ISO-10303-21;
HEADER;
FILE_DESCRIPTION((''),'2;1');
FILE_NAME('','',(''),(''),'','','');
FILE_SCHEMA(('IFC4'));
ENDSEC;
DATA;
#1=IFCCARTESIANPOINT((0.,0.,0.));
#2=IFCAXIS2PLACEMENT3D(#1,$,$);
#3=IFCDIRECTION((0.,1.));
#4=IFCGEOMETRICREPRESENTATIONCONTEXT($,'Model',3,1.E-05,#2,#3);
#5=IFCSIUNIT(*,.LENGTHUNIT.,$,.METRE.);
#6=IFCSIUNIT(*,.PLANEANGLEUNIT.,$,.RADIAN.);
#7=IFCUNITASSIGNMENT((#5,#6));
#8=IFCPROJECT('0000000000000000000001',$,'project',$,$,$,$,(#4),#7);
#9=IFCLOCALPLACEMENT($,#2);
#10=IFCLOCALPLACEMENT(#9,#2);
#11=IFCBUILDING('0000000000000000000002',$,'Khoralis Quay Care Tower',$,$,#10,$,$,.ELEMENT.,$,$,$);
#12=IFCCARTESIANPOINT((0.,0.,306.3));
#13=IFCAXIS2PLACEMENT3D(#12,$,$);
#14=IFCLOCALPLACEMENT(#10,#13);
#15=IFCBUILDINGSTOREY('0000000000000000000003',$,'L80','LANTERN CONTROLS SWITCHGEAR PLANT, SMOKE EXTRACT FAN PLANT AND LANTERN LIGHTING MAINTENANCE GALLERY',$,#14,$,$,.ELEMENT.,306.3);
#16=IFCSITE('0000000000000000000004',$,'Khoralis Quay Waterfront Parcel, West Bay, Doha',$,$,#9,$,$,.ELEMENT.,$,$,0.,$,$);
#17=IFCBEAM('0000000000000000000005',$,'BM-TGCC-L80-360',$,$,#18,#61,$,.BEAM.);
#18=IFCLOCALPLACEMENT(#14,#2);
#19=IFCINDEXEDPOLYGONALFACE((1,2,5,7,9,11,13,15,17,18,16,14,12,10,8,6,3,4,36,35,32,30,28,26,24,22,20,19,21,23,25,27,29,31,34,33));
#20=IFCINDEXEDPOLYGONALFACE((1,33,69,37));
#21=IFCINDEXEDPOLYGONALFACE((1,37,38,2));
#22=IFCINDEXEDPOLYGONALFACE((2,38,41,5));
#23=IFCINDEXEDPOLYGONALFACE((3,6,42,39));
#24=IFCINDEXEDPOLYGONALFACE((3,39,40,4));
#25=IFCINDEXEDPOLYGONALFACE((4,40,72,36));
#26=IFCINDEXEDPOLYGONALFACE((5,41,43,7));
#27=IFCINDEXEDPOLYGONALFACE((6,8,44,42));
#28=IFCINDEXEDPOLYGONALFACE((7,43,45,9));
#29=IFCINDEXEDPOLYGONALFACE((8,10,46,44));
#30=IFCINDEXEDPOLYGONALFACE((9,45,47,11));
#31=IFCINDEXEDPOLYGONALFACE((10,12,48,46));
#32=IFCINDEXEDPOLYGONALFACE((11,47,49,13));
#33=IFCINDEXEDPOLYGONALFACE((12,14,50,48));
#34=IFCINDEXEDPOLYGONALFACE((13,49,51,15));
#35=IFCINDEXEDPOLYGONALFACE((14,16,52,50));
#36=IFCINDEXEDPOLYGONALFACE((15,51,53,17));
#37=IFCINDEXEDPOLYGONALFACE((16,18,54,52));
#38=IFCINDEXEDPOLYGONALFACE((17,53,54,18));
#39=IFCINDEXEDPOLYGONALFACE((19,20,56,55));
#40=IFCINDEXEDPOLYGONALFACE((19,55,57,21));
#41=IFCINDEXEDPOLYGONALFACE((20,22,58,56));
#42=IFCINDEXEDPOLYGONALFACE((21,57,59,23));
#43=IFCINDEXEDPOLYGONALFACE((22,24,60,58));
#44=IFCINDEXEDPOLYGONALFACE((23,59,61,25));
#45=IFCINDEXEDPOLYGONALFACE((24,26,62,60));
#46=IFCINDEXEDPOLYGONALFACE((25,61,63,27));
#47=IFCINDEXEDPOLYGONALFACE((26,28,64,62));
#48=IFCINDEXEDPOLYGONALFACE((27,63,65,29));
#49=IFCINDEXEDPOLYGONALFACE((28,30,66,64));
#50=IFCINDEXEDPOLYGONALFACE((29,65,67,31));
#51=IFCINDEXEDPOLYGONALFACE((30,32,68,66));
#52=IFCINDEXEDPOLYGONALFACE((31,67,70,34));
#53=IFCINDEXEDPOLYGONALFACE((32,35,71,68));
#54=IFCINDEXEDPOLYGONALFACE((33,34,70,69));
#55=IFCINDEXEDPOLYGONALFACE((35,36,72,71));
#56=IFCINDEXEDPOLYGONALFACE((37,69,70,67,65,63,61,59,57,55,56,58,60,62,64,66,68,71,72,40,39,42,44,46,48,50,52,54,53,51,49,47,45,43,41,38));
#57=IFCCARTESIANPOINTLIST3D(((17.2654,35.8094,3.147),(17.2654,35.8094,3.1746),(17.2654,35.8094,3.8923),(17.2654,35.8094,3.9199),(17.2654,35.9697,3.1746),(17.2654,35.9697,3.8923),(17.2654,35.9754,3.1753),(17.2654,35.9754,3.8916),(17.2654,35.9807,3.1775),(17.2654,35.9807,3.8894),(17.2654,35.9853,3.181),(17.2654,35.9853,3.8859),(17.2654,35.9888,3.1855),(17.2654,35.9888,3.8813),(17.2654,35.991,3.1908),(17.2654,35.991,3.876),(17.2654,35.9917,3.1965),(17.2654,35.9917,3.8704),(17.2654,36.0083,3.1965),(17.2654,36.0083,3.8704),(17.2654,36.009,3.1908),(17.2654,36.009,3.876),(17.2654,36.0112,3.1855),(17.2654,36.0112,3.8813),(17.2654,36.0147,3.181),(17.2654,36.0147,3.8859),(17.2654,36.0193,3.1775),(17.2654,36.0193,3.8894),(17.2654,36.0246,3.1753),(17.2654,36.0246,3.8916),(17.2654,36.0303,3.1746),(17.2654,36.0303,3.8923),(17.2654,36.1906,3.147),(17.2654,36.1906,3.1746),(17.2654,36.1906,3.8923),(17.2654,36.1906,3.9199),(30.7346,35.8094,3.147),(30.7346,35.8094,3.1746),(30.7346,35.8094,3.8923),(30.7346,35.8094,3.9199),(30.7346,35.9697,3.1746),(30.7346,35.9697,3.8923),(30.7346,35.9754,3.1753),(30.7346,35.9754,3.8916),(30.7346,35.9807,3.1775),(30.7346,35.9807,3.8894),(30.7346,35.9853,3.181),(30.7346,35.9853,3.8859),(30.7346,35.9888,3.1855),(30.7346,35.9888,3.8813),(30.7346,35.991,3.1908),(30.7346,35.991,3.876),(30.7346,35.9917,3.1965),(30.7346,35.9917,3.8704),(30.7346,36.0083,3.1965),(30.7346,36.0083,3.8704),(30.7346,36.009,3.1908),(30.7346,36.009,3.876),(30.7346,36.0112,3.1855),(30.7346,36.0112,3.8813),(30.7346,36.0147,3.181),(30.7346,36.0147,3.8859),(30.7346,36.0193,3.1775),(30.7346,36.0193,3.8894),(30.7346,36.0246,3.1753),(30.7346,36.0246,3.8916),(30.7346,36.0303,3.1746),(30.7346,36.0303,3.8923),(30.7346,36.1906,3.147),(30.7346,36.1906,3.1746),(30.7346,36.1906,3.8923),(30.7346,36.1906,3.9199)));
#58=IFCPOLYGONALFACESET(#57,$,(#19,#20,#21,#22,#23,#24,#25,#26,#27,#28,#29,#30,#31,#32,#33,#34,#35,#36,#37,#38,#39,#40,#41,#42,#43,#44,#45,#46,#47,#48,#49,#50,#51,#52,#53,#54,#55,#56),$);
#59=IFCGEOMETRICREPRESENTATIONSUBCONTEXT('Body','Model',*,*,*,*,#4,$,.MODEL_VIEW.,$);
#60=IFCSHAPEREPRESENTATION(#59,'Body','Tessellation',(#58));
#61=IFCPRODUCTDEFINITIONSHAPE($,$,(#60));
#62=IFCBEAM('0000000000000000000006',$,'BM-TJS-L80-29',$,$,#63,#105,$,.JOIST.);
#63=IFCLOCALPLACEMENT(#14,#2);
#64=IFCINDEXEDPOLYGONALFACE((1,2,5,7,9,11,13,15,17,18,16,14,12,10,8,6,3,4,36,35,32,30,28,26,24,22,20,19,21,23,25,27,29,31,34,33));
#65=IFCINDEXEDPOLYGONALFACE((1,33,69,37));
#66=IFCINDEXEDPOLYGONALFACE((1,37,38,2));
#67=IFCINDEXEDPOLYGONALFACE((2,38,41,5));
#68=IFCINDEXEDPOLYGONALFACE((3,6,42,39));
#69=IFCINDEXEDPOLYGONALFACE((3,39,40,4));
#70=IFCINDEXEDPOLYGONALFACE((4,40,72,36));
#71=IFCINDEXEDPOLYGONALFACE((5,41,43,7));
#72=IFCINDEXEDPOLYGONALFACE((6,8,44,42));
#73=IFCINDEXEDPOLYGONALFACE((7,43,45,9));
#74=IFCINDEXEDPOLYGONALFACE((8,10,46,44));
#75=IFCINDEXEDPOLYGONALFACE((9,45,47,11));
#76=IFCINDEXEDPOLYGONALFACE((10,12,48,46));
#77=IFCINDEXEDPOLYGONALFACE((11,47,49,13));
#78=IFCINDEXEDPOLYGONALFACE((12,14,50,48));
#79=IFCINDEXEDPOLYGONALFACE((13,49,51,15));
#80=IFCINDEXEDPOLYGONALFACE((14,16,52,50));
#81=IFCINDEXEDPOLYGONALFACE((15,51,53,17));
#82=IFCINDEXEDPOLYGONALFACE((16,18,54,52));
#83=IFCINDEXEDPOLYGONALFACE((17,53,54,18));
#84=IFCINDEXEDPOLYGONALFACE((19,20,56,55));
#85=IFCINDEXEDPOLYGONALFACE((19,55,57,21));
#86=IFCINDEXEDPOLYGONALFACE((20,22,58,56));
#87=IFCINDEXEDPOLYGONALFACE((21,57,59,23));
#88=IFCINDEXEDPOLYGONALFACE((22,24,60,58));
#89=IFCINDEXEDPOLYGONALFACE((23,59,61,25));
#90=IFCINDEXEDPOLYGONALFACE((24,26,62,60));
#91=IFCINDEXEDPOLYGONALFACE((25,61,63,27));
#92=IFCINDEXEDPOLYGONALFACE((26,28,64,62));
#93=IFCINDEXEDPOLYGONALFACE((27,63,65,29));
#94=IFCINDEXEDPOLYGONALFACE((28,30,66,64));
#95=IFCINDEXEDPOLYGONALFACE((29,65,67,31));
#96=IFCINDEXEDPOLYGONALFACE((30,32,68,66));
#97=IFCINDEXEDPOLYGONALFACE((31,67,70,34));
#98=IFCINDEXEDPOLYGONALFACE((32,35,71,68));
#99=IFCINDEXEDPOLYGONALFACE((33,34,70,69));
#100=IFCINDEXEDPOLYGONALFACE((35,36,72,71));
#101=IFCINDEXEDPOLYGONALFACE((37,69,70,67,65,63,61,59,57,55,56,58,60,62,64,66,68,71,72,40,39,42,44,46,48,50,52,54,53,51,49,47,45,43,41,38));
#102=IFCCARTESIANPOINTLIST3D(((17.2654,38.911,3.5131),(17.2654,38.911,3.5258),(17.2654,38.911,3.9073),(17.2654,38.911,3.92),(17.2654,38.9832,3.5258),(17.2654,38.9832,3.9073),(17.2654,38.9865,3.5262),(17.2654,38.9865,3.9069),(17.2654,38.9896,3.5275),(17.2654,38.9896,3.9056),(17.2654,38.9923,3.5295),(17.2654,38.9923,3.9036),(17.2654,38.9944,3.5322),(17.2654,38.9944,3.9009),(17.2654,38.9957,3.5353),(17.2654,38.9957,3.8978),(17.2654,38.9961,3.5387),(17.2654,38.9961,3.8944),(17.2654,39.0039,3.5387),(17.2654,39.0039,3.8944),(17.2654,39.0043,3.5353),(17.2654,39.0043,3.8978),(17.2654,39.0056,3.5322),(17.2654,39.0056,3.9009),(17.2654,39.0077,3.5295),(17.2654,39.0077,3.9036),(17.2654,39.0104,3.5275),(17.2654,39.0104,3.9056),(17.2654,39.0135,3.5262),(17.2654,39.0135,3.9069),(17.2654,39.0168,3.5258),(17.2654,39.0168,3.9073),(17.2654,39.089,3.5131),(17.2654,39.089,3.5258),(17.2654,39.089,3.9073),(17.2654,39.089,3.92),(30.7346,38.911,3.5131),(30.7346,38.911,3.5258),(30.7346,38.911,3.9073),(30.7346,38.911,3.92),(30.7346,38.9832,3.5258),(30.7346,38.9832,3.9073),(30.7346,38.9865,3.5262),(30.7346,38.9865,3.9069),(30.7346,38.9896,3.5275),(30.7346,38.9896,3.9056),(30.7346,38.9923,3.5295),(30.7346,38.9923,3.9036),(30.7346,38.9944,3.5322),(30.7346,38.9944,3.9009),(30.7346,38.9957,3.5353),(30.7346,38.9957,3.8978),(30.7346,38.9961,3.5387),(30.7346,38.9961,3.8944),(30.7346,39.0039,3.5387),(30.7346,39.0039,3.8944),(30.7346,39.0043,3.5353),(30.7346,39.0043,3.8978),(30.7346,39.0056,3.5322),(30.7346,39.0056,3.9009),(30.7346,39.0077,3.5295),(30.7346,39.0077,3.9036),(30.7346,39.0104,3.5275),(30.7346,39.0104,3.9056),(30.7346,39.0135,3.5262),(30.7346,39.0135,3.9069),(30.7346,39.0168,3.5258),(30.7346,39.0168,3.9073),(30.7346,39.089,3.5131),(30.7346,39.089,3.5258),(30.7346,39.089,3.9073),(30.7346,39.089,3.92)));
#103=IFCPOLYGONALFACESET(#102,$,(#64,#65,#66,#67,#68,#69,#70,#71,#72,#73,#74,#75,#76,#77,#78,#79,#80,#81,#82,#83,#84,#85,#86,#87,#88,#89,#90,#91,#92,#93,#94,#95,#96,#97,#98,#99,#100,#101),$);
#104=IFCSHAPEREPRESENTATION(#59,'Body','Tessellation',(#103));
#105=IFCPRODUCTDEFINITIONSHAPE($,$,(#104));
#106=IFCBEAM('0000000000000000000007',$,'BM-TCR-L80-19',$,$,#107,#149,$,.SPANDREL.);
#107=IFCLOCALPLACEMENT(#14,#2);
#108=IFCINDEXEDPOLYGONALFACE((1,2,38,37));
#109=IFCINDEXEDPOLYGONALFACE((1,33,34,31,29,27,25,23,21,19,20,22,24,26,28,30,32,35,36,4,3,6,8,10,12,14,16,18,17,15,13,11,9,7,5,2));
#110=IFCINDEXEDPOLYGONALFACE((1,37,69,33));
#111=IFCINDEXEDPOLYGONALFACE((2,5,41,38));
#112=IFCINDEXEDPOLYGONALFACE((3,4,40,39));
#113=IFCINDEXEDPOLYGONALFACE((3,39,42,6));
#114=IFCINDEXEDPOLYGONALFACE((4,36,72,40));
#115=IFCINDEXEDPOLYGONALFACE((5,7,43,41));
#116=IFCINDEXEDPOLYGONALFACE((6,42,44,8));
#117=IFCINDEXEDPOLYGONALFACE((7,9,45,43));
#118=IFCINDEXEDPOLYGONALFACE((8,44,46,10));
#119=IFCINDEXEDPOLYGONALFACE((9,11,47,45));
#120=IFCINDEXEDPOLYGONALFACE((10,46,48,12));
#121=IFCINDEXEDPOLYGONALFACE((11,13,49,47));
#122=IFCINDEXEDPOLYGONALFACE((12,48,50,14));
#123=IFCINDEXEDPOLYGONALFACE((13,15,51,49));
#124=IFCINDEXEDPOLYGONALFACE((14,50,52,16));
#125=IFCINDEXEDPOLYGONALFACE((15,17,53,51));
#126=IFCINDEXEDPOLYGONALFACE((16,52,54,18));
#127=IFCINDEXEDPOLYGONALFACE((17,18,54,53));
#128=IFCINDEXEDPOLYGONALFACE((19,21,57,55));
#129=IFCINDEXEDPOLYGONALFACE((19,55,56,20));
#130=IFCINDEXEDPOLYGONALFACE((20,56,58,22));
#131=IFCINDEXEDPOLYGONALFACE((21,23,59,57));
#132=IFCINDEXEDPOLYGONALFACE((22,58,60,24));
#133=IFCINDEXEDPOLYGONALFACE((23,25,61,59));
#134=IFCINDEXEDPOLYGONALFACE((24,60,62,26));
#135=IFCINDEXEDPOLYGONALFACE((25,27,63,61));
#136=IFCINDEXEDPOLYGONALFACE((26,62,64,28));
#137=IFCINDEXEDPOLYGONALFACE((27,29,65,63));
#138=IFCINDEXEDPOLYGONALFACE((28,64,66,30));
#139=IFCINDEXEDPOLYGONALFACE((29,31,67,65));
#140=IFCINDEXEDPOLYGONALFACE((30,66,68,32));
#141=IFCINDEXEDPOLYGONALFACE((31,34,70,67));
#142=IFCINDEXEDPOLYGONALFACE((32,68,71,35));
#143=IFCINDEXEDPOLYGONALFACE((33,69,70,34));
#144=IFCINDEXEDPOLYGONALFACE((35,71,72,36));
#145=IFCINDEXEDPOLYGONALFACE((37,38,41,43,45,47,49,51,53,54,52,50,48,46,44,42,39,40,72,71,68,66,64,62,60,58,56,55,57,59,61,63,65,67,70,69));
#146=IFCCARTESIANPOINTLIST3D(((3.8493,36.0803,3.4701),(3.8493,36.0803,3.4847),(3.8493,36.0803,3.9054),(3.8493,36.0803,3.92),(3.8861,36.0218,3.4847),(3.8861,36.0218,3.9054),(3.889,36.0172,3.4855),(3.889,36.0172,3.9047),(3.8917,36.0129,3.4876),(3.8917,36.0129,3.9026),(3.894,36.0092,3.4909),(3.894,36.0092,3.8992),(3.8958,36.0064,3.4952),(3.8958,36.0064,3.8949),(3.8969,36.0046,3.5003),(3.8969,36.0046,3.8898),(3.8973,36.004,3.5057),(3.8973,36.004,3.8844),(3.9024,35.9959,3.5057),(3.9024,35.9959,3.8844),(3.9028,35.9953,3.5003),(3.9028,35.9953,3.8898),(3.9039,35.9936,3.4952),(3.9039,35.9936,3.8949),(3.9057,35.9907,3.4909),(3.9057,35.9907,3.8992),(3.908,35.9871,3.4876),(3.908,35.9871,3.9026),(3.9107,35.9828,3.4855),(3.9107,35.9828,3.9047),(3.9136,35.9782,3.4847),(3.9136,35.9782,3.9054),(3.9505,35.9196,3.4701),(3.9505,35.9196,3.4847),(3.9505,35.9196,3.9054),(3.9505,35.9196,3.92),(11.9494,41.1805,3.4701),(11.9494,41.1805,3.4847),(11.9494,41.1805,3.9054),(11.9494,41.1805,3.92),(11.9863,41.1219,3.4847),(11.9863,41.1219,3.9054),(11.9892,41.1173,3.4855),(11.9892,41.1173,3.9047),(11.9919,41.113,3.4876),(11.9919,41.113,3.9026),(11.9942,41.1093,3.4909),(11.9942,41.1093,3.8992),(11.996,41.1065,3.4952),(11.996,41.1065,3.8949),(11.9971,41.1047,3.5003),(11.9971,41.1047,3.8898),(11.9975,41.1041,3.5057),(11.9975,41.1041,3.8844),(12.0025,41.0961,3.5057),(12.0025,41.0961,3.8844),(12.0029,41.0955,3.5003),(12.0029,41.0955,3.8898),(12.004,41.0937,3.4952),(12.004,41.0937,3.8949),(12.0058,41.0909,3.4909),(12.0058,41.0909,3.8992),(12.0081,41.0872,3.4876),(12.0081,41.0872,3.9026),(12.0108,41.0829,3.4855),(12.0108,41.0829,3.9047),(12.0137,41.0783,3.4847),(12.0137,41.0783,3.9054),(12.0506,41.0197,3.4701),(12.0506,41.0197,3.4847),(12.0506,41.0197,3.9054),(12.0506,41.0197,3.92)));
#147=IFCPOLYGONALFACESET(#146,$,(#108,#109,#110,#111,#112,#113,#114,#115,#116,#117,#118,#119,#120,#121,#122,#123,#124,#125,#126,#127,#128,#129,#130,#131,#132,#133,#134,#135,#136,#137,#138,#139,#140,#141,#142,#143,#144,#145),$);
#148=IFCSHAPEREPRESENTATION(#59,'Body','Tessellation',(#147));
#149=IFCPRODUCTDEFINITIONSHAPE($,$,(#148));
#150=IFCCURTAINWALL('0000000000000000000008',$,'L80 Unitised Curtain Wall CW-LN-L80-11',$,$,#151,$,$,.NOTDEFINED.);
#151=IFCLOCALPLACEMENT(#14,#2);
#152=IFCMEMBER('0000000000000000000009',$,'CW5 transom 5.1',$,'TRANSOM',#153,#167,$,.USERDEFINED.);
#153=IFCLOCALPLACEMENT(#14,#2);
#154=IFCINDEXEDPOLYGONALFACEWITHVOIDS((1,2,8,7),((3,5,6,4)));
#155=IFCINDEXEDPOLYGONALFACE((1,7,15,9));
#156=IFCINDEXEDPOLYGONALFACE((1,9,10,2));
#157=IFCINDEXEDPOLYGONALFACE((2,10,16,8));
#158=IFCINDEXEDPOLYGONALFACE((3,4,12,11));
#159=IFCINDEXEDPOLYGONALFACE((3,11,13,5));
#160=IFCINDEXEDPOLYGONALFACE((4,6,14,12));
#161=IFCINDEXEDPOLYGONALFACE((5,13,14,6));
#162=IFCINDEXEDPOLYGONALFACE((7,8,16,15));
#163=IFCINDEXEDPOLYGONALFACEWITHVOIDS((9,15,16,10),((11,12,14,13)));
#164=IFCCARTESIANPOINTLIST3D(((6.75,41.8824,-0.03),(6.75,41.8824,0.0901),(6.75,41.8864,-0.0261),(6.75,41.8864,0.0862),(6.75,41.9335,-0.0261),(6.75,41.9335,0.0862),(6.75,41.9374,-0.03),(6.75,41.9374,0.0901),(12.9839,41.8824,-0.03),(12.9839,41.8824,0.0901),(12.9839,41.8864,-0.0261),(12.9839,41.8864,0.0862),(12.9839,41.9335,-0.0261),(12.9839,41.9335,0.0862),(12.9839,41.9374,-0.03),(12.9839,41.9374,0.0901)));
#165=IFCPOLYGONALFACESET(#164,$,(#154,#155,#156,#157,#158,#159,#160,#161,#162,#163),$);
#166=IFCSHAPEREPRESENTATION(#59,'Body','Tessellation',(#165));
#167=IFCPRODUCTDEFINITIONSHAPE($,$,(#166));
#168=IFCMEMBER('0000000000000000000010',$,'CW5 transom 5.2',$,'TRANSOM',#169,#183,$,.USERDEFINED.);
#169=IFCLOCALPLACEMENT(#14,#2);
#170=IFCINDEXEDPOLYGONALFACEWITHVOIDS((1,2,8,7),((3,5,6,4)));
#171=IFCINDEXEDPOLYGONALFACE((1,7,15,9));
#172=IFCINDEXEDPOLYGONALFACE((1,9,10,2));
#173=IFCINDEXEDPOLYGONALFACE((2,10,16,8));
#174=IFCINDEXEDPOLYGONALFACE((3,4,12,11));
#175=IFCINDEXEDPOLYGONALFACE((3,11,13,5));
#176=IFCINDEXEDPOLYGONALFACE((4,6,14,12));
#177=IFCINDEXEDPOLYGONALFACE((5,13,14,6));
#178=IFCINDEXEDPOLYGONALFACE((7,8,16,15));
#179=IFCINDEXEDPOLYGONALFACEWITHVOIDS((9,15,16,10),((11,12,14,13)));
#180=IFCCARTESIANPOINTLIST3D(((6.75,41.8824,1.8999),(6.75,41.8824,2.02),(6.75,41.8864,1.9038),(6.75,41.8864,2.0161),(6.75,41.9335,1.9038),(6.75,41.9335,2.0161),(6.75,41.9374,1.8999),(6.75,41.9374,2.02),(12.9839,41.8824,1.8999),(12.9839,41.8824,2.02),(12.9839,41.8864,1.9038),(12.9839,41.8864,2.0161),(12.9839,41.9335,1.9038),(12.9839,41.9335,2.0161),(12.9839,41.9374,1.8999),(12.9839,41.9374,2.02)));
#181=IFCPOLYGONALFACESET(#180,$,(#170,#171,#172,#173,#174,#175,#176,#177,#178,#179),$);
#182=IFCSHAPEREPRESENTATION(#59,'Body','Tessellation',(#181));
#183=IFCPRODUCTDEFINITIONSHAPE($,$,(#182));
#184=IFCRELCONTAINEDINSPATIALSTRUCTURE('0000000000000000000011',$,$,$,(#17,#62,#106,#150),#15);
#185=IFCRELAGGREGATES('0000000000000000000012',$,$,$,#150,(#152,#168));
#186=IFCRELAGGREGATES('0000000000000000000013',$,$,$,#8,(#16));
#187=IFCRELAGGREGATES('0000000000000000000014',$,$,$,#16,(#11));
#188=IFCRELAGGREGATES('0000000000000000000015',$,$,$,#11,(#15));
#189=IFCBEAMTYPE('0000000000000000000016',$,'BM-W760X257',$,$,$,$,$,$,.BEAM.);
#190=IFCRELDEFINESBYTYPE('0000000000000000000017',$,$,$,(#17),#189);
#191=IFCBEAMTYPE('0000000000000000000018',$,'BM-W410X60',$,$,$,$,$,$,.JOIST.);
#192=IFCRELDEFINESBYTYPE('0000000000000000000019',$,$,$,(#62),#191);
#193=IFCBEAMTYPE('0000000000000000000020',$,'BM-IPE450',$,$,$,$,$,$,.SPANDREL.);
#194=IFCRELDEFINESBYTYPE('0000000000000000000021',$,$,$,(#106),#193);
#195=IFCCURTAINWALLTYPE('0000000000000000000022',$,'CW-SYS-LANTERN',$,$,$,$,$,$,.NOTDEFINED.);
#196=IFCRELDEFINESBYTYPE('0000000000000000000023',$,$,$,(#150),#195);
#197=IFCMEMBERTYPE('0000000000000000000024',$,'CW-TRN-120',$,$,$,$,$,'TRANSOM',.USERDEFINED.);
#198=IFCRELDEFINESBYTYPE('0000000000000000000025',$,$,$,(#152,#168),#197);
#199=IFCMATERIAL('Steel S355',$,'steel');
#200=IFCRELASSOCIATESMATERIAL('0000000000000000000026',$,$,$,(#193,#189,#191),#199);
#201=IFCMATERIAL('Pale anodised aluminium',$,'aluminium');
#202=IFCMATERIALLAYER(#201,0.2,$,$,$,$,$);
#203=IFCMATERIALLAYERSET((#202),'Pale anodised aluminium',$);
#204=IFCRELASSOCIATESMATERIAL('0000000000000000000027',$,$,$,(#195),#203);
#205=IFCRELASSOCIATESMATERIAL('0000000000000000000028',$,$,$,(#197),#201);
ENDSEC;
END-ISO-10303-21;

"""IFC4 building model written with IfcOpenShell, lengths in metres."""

from ifc_helpers import new_model, si_unit, direction, frame, origin, origin_2d, place, context, subcontext, project, spatial, hollow_rectangle, i_section, extrude, source, transform, mapped, material, layer, layer_set, material_profile, profile_set, type_object, element, aggregate, save


model = new_model("IFC4")

# Units and contexts
model_context = context("Model", 3, precision=1e-05, world=origin(), true_north=direction((0.0, 1.0)))
body_context = subcontext(model_context, "Body", "Model", "MODEL_VIEW")
ifc_project = project(units=[si_unit("LENGTHUNIT", "METRE"), si_unit("PLANEANGLEUNIT", "RADIAN")], contexts=[model_context])

# Site, building, storey
site_placement = place(None, origin())
site = spatial("IfcSite", under=ifc_project, at=site_placement, Name="Khoralis Quay Waterfront Parcel, West Bay, Doha", CompositionType="ELEMENT", RefElevation=0.0)
building_placement = place(site_placement, origin())
building = spatial("IfcBuilding", under=site, at=building_placement, Name="Khoralis Quay Care Tower", CompositionType="ELEMENT")
storey_placement = place(building_placement, frame((0.0, 0.0, 306.3)))
storey = spatial("IfcBuildingStorey", under=building, at=storey_placement, Name="L80", Description="LANTERN CONTROLS SWITCHGEAR PLANT, SMOKE EXTRACT FAN PLANT AND LANTERN LIGHTING MAINTENANCE GALLERY", CompositionType="ELEMENT", Elevation=306.3)

# Shared definitions
ifc_material_1 = material(Name="Steel S355", Category="steel")

# Beams
ifc_material_profile_1 = material_profile(ifc_material_1, i_section(OverallWidth=0.1899, OverallDepth=0.45, WebThickness=0.0095, FlangeThickness=0.0146, FilletRadius=0.021, at=origin_2d()), Name="Steel S355")
ifc_profile_set_1 = profile_set([ifc_material_profile_1], Name="Steel S355")
beam_type_1 = type_object("IfcBeamType", Name="BM-IPE450", PredefinedType="SPANDREL", material=ifc_profile_set_1)
ifc_material_profile_2 = material_profile(ifc_material_1, i_section(OverallWidth=0.3811, OverallDepth=0.7729, WebThickness=0.0166, FlangeThickness=0.0276, FilletRadius=0.022, at=origin_2d()), Name="Steel S355")
ifc_profile_set_2 = profile_set([ifc_material_profile_2], Name="Steel S355")
beam_type_2 = type_object("IfcBeamType", Name="BM-W760X257", PredefinedType="BEAM", material=ifc_profile_set_2)
shared_shape_1 = source(origin(), body_context, "Body", "SweptSolid", [
    extrude(i_section(OverallWidth=0.3811, OverallDepth=0.7729, WebThickness=0.0166, FlangeThickness=0.0276, FilletRadius=0.022, at=origin_2d()), origin(), (0.0, 0.0, 1.0), 13.4692),
])
beam_1_placement = place(storey_placement, frame((17.2654, 36.0, 3.5334), z_axis=(1.0, 0.0, 0.0), x_axis=(0.0, 1.0, 0.0)))
element("IfcBeam", 1, at=beam_1_placement, inside=storey, type_object=beam_type_2, Name="BM-TGCC-L80-360", PredefinedType="BEAM", context=body_context, shape_type="MappedRepresentation", body=[
    mapped(shared_shape_1, transform((0.0, 0.0, 0.0), scale=1.0)),
])
ifc_material_profile_3 = material_profile(ifc_material_1, i_section(OverallWidth=0.178, OverallDepth=0.407, WebThickness=0.0078, FlangeThickness=0.0127, FilletRadius=0.0129, at=origin_2d()), Name="Steel S355")
ifc_profile_set_3 = profile_set([ifc_material_profile_3], Name="Steel S355")
beam_type_3 = type_object("IfcBeamType", Name="BM-W410X60", PredefinedType="JOIST", material=ifc_profile_set_3)
shared_shape_2 = source(origin(), body_context, "Body", "SweptSolid", [
    extrude(i_section(OverallWidth=0.178, OverallDepth=0.407, WebThickness=0.0078, FlangeThickness=0.0127, FilletRadius=0.0129, at=origin_2d()), origin(), (0.0, 0.0, 1.0), 13.4692),
])
beam_2_placement = place(storey_placement, frame((17.2654, 39.0, 3.7166), z_axis=(1.0, 0.0, 0.0), x_axis=(0.0, 1.0, 0.0)))
element("IfcBeam", 2, at=beam_2_placement, inside=storey, type_object=beam_type_3, Name="BM-TJS-L80-29", PredefinedType="JOIST", context=body_context, shape_type="MappedRepresentation", body=[
    mapped(shared_shape_2, transform((0.0, 0.0, 0.0), scale=1.0)),
])
shared_shape_3 = source(origin(), body_context, "Body", "SweptSolid", [
    extrude(i_section(OverallWidth=0.1899, OverallDepth=0.45, WebThickness=0.0095, FlangeThickness=0.0146, FilletRadius=0.021, at=origin_2d()), origin(), (0.0, 0.0, 1.0), 9.572),
])
beam_3_placement = place(storey_placement, frame((12.0, 41.1001, 3.6951), z_axis=(-0.846231, -0.532816, 0.0), x_axis=(0.532816, -0.846231, 0.0)))
element("IfcBeam", 3, at=beam_3_placement, inside=storey, type_object=beam_type_1, Name="BM-TCR-L80-19", PredefinedType="SPANDREL", context=body_context, shape_type="MappedRepresentation", body=[
    mapped(shared_shape_3, transform((0.0, 0.0, 0.0), scale=1.0)),
])

# Curtain wall, members
ifc_material_2 = material(Name="Pale anodised aluminium", Category="aluminium")
ifc_layer_1 = layer(ifc_material_2, 0.2)
ifc_layer_set_1 = layer_set([ifc_layer_1], Name="Pale anodised aluminium")
curtain_wall_type = type_object("IfcCurtainWallType", Name="CW-SYS-LANTERN", PredefinedType="NOTDEFINED", material=ifc_layer_set_1)
curtain_wall_1_placement = place(storey_placement, origin())
curtain_wall_1 = element("IfcCurtainWall", 4, at=curtain_wall_1_placement, inside=storey, type_object=curtain_wall_type, Name="L80 Unitised Curtain Wall CW-LN-L80-11", PredefinedType="NOTDEFINED")
ifc_material_profile_4 = material_profile(ifc_material_2, hollow_rectangle(XDim=0.0549, YDim=0.1201, WallThickness=0.0039, at=origin_2d()), Name="Pale anodised aluminium")
ifc_profile_set_4 = profile_set([ifc_material_profile_4], Name="Pale anodised aluminium")
member_type_1 = type_object("IfcMemberType", Name="CW-TRN-120", ElementType="TRANSOM", PredefinedType="USERDEFINED", material=ifc_profile_set_4)
shared_shape_4 = source(origin(), body_context, "Body", "SweptSolid", [
    extrude(hollow_rectangle(XDim=0.0549, YDim=0.1201, WallThickness=0.0039, at=origin_2d()), origin(), (0.0, 0.0, 1.0), 6.2339),
])
member_1_placement = place(storey_placement, frame((12.9839, 41.9099, 0.03), z_axis=(-1.0, 0.0, 0.0), x_axis=(0.0, -1.0, 0.0)))
member_1 = element("IfcMember", 5, at=member_1_placement, type_object=member_type_1, Name="CW5 transom 5.1", ObjectType="TRANSOM", PredefinedType="USERDEFINED", context=body_context, shape_type="MappedRepresentation", body=[
    mapped(shared_shape_4, transform((0.0, 0.0, 0.0), scale=1.0)),
])
member_2_placement = place(storey_placement, frame((12.9839, 41.9099, 1.96), z_axis=(-1.0, 0.0, 0.0), x_axis=(0.0, -1.0, 0.0)))
member_2 = element("IfcMember", 6, at=member_2_placement, type_object=member_type_1, Name="CW5 transom 5.2", ObjectType="TRANSOM", PredefinedType="USERDEFINED", context=body_context, shape_type="MappedRepresentation", body=[
    mapped(shared_shape_4, transform((0.0, 0.0, 0.0), scale=1.0)),
])

aggregate(curtain_wall_1, [member_1, member_2])

save(model, "model.ifc")
